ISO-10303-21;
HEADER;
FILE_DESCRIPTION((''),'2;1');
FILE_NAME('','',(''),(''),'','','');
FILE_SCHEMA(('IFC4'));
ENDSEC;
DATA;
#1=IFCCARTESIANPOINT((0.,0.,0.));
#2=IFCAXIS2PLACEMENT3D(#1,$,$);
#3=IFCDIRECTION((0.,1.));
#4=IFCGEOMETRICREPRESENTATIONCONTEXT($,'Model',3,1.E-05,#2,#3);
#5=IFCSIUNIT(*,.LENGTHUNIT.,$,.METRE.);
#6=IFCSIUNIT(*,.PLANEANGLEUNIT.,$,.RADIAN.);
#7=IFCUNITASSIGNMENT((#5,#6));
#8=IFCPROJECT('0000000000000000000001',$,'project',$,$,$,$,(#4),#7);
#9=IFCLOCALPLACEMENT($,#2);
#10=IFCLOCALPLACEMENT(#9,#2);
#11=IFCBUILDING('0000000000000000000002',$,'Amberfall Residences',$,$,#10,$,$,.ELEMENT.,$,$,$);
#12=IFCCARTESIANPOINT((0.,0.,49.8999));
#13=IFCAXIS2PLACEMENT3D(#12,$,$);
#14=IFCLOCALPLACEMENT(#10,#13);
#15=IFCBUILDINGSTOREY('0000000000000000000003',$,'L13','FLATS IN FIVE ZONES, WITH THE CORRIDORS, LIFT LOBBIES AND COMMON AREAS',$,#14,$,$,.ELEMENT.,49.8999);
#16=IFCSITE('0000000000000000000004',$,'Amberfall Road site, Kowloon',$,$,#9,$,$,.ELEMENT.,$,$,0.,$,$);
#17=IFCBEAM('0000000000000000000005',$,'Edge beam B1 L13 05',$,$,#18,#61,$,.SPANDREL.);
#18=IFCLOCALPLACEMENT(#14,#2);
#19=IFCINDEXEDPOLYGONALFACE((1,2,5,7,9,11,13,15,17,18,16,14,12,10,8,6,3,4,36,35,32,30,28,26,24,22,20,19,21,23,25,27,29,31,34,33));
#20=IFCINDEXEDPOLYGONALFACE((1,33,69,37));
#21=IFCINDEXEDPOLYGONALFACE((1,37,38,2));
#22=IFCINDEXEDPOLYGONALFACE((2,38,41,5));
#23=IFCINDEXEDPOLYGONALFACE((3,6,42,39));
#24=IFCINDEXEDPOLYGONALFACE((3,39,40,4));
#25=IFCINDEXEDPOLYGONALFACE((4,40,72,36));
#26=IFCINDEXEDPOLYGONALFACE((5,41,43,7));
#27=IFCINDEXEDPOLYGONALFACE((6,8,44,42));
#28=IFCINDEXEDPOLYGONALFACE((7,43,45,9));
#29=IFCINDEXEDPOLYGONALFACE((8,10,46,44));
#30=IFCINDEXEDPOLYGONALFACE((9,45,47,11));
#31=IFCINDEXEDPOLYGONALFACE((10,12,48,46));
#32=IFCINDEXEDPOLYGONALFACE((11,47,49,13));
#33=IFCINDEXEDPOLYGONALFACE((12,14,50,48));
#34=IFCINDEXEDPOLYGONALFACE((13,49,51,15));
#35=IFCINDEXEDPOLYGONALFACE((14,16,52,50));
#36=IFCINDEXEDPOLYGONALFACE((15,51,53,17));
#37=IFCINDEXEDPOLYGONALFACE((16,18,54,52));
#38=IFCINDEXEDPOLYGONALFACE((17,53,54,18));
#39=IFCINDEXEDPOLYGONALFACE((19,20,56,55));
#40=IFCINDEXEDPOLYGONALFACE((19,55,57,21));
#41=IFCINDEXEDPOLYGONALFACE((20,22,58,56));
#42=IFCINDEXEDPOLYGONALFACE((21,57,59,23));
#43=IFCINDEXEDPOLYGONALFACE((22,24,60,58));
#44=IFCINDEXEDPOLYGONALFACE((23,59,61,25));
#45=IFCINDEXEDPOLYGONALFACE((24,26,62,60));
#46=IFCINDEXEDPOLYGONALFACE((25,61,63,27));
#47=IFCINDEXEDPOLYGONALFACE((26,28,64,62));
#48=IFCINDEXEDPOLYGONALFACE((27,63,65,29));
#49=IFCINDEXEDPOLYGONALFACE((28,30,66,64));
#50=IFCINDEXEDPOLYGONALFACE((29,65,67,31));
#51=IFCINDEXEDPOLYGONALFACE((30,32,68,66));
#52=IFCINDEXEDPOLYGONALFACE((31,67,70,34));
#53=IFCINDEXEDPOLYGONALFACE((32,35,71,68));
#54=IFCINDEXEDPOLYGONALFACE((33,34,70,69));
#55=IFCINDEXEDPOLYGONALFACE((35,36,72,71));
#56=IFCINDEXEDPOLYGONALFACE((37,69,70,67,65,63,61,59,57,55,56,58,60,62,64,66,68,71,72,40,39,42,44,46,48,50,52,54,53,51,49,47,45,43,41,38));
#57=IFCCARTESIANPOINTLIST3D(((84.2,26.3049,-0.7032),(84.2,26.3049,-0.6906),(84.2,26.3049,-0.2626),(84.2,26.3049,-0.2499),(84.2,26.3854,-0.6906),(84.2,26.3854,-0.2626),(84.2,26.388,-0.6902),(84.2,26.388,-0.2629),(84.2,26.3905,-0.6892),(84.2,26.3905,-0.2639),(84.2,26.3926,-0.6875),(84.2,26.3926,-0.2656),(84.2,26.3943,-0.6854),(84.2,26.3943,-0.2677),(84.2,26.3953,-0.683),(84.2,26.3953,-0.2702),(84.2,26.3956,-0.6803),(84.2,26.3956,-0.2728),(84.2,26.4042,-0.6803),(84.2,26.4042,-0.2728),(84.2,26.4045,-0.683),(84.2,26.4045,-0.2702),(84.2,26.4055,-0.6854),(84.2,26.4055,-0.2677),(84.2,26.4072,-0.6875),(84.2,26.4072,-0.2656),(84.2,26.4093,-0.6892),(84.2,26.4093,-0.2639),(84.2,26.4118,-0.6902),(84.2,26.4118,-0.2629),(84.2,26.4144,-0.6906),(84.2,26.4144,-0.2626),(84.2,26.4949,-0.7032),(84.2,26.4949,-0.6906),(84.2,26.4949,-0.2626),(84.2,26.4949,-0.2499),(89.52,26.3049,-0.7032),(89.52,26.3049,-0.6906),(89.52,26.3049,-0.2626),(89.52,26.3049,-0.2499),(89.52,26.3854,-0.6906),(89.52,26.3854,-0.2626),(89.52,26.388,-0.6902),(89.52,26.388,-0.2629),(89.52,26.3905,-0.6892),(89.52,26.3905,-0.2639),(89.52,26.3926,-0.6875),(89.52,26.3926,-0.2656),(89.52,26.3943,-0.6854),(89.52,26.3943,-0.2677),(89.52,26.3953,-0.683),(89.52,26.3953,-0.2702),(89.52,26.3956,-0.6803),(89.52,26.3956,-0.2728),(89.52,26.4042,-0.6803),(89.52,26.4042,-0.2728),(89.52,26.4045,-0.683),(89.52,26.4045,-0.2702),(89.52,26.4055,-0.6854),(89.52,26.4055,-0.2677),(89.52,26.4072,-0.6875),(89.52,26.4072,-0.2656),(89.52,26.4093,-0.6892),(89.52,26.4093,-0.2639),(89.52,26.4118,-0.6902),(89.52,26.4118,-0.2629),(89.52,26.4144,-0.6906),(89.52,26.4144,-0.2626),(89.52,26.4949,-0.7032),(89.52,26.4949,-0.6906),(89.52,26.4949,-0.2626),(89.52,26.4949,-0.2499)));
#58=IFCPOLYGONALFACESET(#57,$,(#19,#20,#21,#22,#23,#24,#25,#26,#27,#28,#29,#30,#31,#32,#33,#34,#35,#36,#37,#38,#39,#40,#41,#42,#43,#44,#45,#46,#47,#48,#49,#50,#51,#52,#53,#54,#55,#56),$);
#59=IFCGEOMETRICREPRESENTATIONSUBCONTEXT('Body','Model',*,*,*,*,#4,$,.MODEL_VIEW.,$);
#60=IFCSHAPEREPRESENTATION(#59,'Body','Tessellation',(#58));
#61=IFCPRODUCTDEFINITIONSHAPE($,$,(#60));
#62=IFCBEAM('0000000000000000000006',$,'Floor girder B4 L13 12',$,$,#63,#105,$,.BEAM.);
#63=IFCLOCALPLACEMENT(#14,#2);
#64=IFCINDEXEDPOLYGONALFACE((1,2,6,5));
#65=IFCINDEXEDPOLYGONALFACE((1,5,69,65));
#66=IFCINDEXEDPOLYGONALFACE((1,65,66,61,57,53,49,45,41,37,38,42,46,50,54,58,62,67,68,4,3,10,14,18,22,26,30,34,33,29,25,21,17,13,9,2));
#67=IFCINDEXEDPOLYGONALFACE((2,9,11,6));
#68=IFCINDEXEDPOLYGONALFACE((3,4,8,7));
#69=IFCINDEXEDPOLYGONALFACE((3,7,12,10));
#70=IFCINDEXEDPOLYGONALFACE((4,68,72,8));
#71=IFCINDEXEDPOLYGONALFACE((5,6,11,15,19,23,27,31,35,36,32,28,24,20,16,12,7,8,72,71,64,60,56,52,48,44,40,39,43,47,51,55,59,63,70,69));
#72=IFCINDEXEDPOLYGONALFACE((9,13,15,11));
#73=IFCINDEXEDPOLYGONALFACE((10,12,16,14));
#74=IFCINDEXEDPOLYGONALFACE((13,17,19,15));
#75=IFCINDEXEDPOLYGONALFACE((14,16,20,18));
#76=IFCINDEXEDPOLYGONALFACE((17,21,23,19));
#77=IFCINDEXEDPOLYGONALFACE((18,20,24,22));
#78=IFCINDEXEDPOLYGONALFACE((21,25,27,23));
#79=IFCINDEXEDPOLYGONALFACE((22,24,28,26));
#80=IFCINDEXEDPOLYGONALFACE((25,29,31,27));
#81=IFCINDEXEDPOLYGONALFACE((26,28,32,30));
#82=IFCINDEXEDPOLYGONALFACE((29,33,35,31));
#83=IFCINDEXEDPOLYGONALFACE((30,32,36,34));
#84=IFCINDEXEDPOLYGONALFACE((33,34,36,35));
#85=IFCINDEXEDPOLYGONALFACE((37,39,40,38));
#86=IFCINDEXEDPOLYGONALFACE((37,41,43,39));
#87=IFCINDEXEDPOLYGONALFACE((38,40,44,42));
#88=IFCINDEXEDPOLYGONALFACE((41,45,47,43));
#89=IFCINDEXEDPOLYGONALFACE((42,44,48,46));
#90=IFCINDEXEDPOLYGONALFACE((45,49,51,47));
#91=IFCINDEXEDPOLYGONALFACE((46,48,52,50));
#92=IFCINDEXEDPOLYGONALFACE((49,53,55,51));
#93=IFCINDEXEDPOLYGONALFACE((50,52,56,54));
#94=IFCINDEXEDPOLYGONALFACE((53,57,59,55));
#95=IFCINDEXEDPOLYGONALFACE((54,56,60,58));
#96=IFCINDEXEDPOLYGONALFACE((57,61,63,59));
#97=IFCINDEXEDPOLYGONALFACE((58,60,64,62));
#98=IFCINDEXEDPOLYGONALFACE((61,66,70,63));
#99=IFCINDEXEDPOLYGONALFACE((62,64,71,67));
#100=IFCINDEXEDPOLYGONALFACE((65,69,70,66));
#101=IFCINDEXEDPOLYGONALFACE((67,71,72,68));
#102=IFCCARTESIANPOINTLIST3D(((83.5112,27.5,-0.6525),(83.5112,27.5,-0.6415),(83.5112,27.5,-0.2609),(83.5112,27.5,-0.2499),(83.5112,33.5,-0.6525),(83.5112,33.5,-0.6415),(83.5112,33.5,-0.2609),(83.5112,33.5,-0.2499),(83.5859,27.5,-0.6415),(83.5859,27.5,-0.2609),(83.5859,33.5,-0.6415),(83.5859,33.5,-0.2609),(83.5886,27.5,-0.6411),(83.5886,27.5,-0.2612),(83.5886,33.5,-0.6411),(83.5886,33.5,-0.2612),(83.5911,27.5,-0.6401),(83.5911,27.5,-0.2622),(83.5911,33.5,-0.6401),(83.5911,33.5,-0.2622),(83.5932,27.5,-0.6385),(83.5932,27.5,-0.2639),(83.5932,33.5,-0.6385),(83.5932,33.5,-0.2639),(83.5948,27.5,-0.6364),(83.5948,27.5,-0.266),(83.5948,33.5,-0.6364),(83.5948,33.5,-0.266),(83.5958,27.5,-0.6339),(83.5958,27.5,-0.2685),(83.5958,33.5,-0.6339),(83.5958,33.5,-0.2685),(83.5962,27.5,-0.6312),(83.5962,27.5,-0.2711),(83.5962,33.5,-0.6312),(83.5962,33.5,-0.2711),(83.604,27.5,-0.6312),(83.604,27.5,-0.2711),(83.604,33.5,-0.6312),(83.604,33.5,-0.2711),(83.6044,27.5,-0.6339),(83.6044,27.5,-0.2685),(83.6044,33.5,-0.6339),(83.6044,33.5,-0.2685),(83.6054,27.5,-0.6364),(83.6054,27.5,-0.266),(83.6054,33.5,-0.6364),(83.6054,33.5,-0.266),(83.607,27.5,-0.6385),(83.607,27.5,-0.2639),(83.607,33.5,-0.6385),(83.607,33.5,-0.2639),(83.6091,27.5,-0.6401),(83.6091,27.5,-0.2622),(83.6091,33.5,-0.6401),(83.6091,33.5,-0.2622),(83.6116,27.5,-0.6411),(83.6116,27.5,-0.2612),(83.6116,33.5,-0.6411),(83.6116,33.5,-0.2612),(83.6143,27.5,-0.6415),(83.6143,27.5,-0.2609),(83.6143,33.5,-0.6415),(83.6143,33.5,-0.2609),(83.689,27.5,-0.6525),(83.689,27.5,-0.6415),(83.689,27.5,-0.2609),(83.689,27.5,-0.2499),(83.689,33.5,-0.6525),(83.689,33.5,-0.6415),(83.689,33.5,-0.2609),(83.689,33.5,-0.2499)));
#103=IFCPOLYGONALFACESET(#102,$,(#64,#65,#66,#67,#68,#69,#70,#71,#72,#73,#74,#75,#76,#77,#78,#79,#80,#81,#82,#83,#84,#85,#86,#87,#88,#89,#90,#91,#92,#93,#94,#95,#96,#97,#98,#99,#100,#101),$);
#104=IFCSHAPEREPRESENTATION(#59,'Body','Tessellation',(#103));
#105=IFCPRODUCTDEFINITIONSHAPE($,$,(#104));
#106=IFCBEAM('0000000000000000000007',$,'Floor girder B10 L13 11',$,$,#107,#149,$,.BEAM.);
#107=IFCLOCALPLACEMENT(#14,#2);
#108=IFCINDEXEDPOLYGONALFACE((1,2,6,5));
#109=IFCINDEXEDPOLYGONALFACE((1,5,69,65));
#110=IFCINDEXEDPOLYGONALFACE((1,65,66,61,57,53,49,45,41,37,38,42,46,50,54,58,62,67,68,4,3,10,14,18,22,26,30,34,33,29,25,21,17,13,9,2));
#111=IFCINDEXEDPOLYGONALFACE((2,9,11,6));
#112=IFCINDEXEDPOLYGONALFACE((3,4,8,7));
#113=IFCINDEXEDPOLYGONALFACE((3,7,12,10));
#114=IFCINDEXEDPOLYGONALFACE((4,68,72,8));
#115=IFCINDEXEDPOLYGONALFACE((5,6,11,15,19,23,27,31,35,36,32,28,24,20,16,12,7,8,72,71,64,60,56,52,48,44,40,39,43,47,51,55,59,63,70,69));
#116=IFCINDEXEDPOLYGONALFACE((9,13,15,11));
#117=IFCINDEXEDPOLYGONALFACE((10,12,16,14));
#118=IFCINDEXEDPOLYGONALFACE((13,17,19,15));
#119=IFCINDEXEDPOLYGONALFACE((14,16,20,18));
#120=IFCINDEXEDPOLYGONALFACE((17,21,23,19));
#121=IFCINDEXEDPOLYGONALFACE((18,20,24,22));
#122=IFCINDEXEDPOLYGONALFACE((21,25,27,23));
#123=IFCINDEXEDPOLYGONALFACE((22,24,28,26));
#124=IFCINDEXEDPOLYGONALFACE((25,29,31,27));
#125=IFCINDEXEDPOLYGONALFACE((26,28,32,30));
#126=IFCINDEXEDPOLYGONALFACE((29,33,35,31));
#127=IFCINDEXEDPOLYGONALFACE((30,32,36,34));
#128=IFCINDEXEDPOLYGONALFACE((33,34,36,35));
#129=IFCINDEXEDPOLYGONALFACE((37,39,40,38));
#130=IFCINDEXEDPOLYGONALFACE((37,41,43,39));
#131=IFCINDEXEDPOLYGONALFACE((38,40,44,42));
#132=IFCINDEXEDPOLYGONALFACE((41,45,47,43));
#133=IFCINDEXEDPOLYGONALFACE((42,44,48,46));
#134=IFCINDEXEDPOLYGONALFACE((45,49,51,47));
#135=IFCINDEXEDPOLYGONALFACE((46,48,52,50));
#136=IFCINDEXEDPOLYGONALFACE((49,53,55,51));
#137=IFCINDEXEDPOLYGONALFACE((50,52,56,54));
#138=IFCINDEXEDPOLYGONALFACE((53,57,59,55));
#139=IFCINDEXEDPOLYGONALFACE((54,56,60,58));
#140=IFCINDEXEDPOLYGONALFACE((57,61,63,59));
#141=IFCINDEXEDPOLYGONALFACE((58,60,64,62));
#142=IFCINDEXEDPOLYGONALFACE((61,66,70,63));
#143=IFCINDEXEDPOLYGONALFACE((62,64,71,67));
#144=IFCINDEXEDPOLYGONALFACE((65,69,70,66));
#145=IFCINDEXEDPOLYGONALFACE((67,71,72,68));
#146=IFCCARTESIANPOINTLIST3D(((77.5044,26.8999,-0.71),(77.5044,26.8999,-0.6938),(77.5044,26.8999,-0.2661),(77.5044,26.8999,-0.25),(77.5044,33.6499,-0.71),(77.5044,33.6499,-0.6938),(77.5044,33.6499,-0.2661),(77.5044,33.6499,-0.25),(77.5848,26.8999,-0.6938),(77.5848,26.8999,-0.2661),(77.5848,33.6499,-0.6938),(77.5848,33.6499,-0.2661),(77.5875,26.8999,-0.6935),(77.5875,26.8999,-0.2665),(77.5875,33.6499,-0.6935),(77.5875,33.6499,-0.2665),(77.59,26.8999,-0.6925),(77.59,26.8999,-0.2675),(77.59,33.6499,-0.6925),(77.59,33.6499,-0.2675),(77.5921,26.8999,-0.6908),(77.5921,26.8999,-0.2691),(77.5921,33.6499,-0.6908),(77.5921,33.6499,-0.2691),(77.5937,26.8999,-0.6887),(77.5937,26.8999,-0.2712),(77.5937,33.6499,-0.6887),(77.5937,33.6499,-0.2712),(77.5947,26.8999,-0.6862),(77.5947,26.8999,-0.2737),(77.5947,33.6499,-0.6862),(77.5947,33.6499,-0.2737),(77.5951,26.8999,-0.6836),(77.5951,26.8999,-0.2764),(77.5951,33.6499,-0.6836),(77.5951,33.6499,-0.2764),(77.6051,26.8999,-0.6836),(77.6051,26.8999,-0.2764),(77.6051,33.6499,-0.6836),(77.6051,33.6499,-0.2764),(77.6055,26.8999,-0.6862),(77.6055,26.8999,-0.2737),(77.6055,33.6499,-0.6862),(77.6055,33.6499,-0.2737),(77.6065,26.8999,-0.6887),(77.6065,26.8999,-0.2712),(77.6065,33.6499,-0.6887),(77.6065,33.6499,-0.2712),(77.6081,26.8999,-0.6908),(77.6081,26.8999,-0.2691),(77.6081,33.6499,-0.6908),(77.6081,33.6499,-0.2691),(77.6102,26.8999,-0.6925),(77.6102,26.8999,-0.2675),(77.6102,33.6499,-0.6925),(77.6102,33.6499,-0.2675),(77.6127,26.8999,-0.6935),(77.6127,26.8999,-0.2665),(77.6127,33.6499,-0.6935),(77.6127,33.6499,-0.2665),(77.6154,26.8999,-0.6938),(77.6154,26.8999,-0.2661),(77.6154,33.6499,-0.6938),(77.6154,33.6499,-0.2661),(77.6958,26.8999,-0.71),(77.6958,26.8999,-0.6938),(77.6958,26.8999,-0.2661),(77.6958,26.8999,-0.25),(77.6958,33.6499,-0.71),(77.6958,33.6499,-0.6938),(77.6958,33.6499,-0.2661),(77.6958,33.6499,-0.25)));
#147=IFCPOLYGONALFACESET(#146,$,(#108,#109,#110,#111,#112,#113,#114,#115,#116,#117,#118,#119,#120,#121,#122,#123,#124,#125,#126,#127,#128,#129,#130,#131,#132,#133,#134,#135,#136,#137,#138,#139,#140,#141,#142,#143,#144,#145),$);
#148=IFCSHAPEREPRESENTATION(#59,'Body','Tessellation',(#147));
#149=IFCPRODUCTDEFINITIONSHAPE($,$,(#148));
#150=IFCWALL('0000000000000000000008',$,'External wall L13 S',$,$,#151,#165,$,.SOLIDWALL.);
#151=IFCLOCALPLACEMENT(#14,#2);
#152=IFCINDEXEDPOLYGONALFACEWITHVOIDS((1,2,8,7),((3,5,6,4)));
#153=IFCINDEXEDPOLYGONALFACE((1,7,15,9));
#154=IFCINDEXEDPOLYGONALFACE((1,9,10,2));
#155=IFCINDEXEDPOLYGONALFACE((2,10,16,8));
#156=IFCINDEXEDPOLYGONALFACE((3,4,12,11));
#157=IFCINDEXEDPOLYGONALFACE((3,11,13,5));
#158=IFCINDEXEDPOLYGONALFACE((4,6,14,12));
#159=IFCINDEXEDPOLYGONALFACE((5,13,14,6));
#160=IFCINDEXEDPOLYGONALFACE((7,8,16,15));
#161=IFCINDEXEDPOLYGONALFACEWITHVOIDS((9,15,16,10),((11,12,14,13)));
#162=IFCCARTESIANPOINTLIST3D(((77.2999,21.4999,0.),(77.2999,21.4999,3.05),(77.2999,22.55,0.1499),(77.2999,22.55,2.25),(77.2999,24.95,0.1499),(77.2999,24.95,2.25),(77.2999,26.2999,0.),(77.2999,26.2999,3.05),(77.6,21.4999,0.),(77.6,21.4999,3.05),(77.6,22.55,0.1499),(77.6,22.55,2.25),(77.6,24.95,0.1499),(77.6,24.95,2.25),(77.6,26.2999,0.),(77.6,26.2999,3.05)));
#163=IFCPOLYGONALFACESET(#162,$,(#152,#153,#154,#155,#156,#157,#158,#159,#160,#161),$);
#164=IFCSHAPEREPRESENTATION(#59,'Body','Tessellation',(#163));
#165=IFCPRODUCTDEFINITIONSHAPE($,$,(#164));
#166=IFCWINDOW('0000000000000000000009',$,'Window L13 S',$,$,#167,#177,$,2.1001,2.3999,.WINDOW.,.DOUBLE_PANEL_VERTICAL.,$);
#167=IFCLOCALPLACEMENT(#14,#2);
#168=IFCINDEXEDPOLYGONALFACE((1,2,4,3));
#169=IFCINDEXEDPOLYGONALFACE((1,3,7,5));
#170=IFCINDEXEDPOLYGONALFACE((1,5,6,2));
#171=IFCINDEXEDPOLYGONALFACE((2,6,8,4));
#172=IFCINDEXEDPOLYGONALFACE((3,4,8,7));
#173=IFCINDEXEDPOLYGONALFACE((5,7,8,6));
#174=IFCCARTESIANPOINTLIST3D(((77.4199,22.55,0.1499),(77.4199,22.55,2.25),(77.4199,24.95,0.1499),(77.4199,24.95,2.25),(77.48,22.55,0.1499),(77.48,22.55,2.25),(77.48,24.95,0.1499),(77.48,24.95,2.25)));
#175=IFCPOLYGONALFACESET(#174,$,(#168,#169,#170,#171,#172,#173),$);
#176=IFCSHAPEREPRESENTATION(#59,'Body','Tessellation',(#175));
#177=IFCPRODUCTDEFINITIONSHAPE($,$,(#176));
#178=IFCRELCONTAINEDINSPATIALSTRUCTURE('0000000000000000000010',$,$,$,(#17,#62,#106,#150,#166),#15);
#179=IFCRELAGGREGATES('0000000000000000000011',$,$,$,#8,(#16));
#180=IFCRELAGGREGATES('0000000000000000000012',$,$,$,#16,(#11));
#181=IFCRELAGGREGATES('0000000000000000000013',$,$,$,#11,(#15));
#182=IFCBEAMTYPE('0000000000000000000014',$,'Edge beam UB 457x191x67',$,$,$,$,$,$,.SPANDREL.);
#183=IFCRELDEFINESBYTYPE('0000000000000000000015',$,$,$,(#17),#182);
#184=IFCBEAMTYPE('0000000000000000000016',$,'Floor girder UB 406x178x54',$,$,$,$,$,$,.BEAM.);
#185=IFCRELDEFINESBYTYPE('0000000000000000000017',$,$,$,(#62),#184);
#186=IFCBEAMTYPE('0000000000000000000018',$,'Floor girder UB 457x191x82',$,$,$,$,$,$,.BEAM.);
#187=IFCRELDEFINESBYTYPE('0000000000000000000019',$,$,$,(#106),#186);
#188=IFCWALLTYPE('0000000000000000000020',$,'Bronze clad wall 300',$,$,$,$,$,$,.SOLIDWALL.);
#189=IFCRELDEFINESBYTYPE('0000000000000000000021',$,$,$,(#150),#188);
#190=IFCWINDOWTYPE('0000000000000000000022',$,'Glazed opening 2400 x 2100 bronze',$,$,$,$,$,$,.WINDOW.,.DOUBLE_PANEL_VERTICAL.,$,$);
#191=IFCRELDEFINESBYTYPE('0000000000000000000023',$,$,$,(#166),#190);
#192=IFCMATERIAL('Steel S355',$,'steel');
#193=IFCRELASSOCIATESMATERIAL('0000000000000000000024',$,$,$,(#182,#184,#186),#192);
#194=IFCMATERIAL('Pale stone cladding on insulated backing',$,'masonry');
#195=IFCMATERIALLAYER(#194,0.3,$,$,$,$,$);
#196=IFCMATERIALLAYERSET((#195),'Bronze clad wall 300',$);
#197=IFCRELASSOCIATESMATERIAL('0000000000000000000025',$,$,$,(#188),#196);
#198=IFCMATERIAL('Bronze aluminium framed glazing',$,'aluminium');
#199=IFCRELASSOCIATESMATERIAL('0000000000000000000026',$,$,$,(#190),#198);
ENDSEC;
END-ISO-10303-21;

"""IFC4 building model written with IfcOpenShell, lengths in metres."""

from ifc_helpers import new_model, si_unit, direction, frame, frame_2d, origin, origin_2d, place, context, subcontext, project, spatial, rectangle, i_section, extrude, material, layer, layer_set, material_profile, profile_set, type_object, element, fill, save


model = new_model("IFC4")

# Units and contexts
model_context = context("Model", 3, precision=1e-05, world=origin(), true_north=direction((0.0, 1.0)))
body_context = subcontext(model_context, "Body", "Model", "MODEL_VIEW")
ifc_project = project(units=[si_unit("LENGTHUNIT", "METRE"), si_unit("PLANEANGLEUNIT", "RADIAN")], contexts=[model_context])

# Site, building, storey
site_placement = place(None, origin())
site = spatial("IfcSite", under=ifc_project, at=site_placement, Name="Amberfall Road site, Kowloon", CompositionType="ELEMENT", RefElevation=0.0)
building_placement = place(site_placement, origin())
building = spatial("IfcBuilding", under=site, at=building_placement, Name="Amberfall Residences", CompositionType="ELEMENT")
storey_placement = place(building_placement, frame((0.0, 0.0, 49.8999)))
storey = spatial("IfcBuildingStorey", under=building, at=storey_placement, Name="L13", Description="FLATS IN FIVE ZONES, WITH THE CORRIDORS, LIFT LOBBIES AND COMMON AREAS", CompositionType="ELEMENT", Elevation=49.8999)

# Beams
ifc_material_1 = material(Name="Steel S355", Category="steel")
ifc_material_profile_1 = material_profile(ifc_material_1, i_section(OverallWidth=0.1899, OverallDepth=0.4534, WebThickness=0.0085, FlangeThickness=0.0127, FilletRadius=0.0103, at=origin_2d()), Name="UB 457x191x67")
ifc_profile_set_1 = profile_set([ifc_material_profile_1], Name="Steel S355")
beam_type_1 = type_object("IfcBeamType", Name="Edge beam UB 457x191x67", PredefinedType="SPANDREL", material=ifc_profile_set_1)
beam_1_placement = place(storey_placement, frame((84.2, 26.3999, -0.4766), z_axis=(1.0, 0.0, 0.0), x_axis=(0.0, 1.0, 0.0)))
element("IfcBeam", 1, at=beam_1_placement, inside=storey, type_object=beam_type_1, Name="Edge beam B1 L13 05", PredefinedType="SPANDREL", context=body_context, shape_type="SweptSolid", body=[
    extrude(i_section(OverallWidth=0.1899, OverallDepth=0.4534, WebThickness=0.0085, FlangeThickness=0.0127, FilletRadius=0.0103, at=origin_2d()), origin(), (0.0, 0.0, 1.0), 5.3201),
])
ifc_material_profile_2 = material_profile(ifc_material_1, i_section(OverallWidth=0.1777, OverallDepth=0.4026, WebThickness=0.0078, FlangeThickness=0.011, FilletRadius=0.0103, at=origin_2d()), Name="UB 406x178x54")
ifc_profile_set_2 = profile_set([ifc_material_profile_2], Name="Steel S355")
beam_type_2 = type_object("IfcBeamType", Name="Floor girder UB 406x178x54", PredefinedType="BEAM", material=ifc_profile_set_2)
beam_2_placement = place(storey_placement, frame((83.6001, 27.5, -0.4512), z_axis=(0.0, 1.0, 0.0), x_axis=(-1.0, 0.0, 0.0)))
element("IfcBeam", 2, at=beam_2_placement, inside=storey, type_object=beam_type_2, Name="Floor girder B4 L13 12", PredefinedType="BEAM", context=body_context, shape_type="SweptSolid", body=[
    extrude(i_section(OverallWidth=0.1777, OverallDepth=0.4026, WebThickness=0.0078, FlangeThickness=0.011, FilletRadius=0.0103, at=origin_2d()), origin(), (0.0, 0.0, 1.0), 6.0),
])
ifc_material_profile_3 = material_profile(ifc_material_1, i_section(OverallWidth=0.1914, OverallDepth=0.46, WebThickness=0.01, FlangeThickness=0.0161, FilletRadius=0.0103, at=origin_2d()), Name="UB 457x191x82")
ifc_profile_set_3 = profile_set([ifc_material_profile_3], Name="Steel S355")
beam_type_3 = type_object("IfcBeamType", Name="Floor girder UB 457x191x82", PredefinedType="BEAM", material=ifc_profile_set_3)
beam_3_placement = place(storey_placement, frame((77.6001, 26.8999, -0.48), z_axis=(0.0, 1.0, 0.0), x_axis=(-1.0, 0.0, 0.0)))
element("IfcBeam", 3, at=beam_3_placement, inside=storey, type_object=beam_type_3, Name="Floor girder B10 L13 11", PredefinedType="BEAM", context=body_context, shape_type="SweptSolid", body=[
    extrude(i_section(OverallWidth=0.1914, OverallDepth=0.46, WebThickness=0.01, FlangeThickness=0.0161, FilletRadius=0.0103, at=origin_2d()), origin(), (0.0, 0.0, 1.0), 6.75),
])

# Wall, opening, window
ifc_material_2 = material(Name="Pale stone cladding on insulated backing", Category="masonry")
ifc_layer_1 = layer(ifc_material_2, 0.3)
ifc_layer_set_1 = layer_set([ifc_layer_1], Name="Bronze clad wall 300")
wall_type_1 = type_object("IfcWallType", Name="Bronze clad wall 300", PredefinedType="SOLIDWALL", material=ifc_layer_set_1)
wall_1_placement = place(storey_placement, frame((77.45, 21.5, 0.0), z_axis=(0.0, 0.0, 1.0), x_axis=(0.0, 1.0, 0.0)))
wall_1 = element("IfcWall", 4, at=wall_1_placement, inside=storey, type_object=wall_type_1, Name="External wall L13 S", PredefinedType="SOLIDWALL", context=body_context, shape_type="SweptSolid", body=[
    extrude(rectangle(XDim=4.8, YDim=0.3, at=frame_2d((2.3999, 0.0))), origin(), (0.0, 0.0, 1.0), 3.05),
])
opening_1_placement = place(wall_1_placement, frame((1.05, 0.0, 0.1499)))
opening_1 = element("IfcOpeningElement", 5, at=opening_1_placement, cuts=wall_1, PredefinedType="OPENING", context=body_context, shape_type="SweptSolid", body=[
    extrude(rectangle(XDim=2.3999, YDim=2.1001, at=frame_2d((1.2, 1.05))), frame((0.0, 0.1599, 0.0), z_axis=(0.0, -1.0, 0.0), x_axis=(1.0, 0.0, 0.0)), (0.0, 0.0, 1.0), 0.3201),
])
ifc_material_3 = material(Name="Bronze aluminium framed glazing", Category="aluminium")
window_type_1 = type_object("IfcWindowType", Name="Glazed opening 2400 x 2100 bronze", PartitioningType="DOUBLE_PANEL_VERTICAL", PredefinedType="WINDOW", material=ifc_material_3)
window_1_placement = place(opening_1_placement, origin())
window_1 = element("IfcWindow", 6, at=window_1_placement, inside=storey, type_object=window_type_1, Name="Window L13 S", OverallHeight=2.1001, OverallWidth=2.3999, PartitioningType="DOUBLE_PANEL_VERTICAL", PredefinedType="WINDOW", context=body_context, shape_type="SweptSolid", body=[
    extrude(rectangle(XDim=2.3999, YDim=2.1001, at=frame_2d((1.2, 1.05))), frame((0.0, 0.03, 0.0), z_axis=(0.0, -1.0, 0.0), x_axis=(1.0, 0.0, 0.0)), (0.0, 0.0, 1.0), 0.0601),
])
fill(opening_1, window_1)

save(model, "model.ifc")
